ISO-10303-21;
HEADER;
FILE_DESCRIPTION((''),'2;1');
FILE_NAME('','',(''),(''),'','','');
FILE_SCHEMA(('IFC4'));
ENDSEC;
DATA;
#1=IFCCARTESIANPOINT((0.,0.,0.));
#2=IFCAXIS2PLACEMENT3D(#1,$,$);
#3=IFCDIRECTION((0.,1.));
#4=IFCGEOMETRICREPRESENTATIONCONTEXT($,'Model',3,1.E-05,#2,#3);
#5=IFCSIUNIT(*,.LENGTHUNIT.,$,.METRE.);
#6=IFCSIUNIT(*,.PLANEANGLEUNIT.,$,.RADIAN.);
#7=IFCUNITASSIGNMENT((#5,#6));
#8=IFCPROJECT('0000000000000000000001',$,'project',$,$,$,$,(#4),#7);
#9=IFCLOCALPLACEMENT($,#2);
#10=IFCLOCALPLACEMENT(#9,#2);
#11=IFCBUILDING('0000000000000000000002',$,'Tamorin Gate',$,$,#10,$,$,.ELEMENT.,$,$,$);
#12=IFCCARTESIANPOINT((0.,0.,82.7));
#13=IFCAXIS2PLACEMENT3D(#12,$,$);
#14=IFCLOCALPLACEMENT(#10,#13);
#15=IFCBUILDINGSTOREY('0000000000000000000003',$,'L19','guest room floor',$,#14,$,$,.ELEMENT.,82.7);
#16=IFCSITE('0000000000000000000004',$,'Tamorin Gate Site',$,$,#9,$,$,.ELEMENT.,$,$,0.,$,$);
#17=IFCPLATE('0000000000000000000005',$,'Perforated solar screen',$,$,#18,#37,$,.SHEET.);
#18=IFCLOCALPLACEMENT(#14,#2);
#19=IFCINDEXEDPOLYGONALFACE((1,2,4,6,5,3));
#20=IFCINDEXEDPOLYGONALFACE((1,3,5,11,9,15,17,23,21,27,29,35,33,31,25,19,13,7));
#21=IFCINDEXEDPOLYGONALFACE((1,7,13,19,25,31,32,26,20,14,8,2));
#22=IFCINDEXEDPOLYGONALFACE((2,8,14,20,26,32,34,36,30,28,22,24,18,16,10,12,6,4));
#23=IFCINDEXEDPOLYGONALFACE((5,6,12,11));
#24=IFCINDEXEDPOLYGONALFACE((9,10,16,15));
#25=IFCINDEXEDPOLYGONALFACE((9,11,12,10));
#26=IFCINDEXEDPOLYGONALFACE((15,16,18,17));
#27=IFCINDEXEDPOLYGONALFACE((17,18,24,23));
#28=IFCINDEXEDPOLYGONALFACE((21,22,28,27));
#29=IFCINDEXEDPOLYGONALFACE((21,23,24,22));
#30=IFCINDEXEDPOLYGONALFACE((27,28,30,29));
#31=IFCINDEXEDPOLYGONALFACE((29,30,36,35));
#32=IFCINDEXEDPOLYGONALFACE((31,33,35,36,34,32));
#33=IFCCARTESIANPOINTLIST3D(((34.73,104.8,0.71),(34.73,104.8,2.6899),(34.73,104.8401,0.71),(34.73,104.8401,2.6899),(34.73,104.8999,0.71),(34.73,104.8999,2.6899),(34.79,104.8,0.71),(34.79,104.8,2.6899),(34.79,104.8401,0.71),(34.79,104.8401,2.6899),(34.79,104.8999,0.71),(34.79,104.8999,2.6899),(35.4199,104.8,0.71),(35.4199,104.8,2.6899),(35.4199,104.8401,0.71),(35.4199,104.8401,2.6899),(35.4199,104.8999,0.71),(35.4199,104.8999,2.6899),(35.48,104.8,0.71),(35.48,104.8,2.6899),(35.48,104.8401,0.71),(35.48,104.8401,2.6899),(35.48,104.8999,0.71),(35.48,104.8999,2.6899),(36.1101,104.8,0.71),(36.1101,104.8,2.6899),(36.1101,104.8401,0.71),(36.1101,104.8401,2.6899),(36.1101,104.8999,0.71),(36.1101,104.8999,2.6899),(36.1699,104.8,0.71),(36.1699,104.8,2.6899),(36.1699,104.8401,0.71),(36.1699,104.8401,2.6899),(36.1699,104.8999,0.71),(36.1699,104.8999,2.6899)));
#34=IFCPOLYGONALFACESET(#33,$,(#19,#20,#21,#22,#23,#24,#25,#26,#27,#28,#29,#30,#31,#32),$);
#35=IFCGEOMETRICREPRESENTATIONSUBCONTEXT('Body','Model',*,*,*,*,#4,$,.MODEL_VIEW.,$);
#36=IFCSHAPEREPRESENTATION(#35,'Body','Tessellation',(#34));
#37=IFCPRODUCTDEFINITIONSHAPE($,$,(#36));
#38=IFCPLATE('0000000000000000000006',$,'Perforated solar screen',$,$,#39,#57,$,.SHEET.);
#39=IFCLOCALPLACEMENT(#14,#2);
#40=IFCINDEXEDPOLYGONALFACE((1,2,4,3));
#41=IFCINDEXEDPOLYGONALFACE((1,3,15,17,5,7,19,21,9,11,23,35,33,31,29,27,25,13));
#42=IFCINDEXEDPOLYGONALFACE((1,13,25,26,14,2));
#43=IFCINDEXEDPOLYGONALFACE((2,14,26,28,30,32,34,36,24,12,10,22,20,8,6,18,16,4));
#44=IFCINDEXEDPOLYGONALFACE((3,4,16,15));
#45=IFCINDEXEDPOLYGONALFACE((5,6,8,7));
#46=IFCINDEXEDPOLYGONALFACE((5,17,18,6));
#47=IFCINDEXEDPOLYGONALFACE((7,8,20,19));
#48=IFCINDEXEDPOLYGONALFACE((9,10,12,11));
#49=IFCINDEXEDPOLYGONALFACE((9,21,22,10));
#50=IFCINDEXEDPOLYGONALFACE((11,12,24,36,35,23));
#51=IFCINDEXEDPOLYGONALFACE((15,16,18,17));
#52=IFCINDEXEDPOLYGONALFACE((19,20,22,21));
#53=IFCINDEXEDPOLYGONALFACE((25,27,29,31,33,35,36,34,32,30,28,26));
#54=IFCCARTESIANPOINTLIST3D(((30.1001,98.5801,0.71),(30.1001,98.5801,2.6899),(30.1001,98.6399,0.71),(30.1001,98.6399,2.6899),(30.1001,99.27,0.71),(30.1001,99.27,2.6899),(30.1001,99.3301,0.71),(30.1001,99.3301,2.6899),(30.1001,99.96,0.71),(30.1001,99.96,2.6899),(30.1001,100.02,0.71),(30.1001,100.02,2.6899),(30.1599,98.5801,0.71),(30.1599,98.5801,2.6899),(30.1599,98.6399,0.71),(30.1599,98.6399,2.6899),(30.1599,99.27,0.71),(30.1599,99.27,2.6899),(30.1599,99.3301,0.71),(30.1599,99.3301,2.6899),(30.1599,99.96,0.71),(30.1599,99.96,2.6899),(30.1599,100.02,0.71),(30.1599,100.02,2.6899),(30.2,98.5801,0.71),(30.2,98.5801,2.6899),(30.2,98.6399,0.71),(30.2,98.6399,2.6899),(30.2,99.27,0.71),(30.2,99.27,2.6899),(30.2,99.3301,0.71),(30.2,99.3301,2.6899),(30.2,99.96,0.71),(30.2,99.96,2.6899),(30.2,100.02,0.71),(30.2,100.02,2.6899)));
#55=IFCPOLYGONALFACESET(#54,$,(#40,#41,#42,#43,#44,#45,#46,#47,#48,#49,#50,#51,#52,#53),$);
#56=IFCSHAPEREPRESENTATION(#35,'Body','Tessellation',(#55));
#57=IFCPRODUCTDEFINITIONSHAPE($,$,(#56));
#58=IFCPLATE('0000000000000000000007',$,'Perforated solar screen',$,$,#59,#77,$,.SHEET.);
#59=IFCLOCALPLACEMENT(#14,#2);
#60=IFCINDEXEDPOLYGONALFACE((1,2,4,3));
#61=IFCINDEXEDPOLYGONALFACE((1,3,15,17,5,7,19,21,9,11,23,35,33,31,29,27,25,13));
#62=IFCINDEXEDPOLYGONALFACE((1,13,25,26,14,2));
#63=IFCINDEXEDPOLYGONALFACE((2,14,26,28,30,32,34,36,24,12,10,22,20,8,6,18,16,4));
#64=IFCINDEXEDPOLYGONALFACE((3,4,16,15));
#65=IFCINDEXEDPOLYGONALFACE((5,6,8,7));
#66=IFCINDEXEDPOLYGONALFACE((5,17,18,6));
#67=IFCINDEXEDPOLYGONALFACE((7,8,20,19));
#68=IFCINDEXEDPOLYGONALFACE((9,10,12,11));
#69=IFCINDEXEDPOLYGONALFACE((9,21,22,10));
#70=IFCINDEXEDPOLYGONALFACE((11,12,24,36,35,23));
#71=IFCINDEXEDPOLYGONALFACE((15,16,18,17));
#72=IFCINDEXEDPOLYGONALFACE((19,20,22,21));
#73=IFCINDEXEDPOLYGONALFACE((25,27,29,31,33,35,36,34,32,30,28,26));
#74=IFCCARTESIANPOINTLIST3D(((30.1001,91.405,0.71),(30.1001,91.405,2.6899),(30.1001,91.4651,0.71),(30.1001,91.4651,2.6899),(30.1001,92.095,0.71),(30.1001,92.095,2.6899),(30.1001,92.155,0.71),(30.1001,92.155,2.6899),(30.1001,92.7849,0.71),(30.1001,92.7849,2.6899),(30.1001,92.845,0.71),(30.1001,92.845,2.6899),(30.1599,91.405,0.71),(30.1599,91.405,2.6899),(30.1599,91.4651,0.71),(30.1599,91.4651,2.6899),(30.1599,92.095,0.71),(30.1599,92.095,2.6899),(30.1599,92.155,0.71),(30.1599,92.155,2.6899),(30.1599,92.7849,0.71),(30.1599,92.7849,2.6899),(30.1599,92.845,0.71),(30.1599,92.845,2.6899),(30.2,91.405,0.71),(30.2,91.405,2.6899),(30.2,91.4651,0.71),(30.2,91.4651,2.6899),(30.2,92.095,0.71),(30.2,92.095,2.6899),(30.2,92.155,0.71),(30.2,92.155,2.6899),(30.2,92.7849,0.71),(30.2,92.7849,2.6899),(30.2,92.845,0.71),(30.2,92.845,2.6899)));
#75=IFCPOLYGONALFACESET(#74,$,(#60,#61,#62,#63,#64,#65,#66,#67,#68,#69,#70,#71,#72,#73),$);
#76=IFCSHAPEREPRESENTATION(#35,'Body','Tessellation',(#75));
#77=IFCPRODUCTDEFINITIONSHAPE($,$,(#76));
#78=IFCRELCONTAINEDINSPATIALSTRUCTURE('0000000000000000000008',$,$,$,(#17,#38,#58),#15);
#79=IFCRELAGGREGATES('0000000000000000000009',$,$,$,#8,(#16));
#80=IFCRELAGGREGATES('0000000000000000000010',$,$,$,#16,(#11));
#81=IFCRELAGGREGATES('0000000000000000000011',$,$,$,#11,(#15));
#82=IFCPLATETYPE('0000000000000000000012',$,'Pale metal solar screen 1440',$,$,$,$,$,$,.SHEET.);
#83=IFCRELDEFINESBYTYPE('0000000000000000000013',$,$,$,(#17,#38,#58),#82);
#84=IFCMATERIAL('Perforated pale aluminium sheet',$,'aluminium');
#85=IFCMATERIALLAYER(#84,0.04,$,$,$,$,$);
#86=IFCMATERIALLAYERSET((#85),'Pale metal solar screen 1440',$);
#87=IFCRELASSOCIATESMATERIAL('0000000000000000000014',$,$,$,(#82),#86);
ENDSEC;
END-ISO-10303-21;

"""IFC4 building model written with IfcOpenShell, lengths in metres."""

from ifc_helpers import new_model, si_unit, direction, frame, origin, place, context, subcontext, project, spatial, polyline, outline, extrude, material, layer, layer_set, type_object, element, save


model = new_model("IFC4")

# Units and contexts
model_context = context("Model", 3, precision=1e-05, world=origin(), true_north=direction((0.0, 1.0)))
body_context = subcontext(model_context, "Body", "Model", "MODEL_VIEW")
ifc_project = project(units=[si_unit("LENGTHUNIT", "METRE"), si_unit("PLANEANGLEUNIT", "RADIAN")], contexts=[model_context])

# Site, building, storey
site_placement = place(None, origin())
site = spatial("IfcSite", under=ifc_project, at=site_placement, Name="Tamorin Gate Site", CompositionType="ELEMENT", RefElevation=0.0)
building_placement = place(site_placement, origin())
building = spatial("IfcBuilding", under=site, at=building_placement, Name="Tamorin Gate", CompositionType="ELEMENT")
storey_placement = place(building_placement, frame((0.0, 0.0, 82.7)))
storey = spatial("IfcBuildingStorey", under=building, at=storey_placement, Name="L19", Description="guest room floor", CompositionType="ELEMENT", Elevation=82.7)

# Plates
ifc_material = material(Name="Perforated pale aluminium sheet", Category="aluminium")
ifc_layer = layer(ifc_material, 0.04)
ifc_layer_set = layer_set([ifc_layer], Name="Pale metal solar screen 1440")
plate_type = type_object("IfcPlateType", Name="Pale metal solar screen 1440", PredefinedType="SHEET", material=ifc_layer_set)
plate_1_placement = place(storey_placement, frame((0.0, 0.0, 0.71)))
element("IfcPlate", 1, at=plate_1_placement, inside=storey, type_object=plate_type, Name="Perforated solar screen", PredefinedType="SHEET", context=body_context, shape_type="SweptSolid", body=[
    extrude(outline(polyline([(36.1699, 104.8401), (36.1699, 104.8), (36.1101, 104.8), (35.48, 104.8), (35.4199, 104.8), (34.79, 104.8), (34.73, 104.8), (34.73, 104.8401), (34.73, 104.8999), (34.79, 104.8999), (34.79, 104.8401), (35.4199, 104.8401), (35.4199, 104.8999), (35.48, 104.8999), (35.48, 104.8401), (36.1101, 104.8401), (36.1101, 104.8999), (36.1699, 104.8999), (36.1699, 104.8401)])), origin(), (0.0, 0.0, 1.0), 1.98),
])
plate_2_placement = place(storey_placement, frame((0.0, 0.0, 0.71)))
element("IfcPlate", 2, at=plate_2_placement, inside=storey, type_object=plate_type, Name="Perforated solar screen", PredefinedType="SHEET", context=body_context, shape_type="SweptSolid", body=[
    extrude(outline(polyline([(30.1599, 100.02), (30.2, 100.02), (30.2, 99.96), (30.2, 99.3301), (30.2, 99.27), (30.2, 98.6399), (30.2, 98.5801), (30.1599, 98.5801), (30.1001, 98.5801), (30.1001, 98.6399), (30.1599, 98.6399), (30.1599, 99.27), (30.1001, 99.27), (30.1001, 99.3301), (30.1599, 99.3301), (30.1599, 99.96), (30.1001, 99.96), (30.1001, 100.02), (30.1599, 100.02)])), origin(), (0.0, 0.0, 1.0), 1.98),
])
plate_3_placement = place(storey_placement, frame((0.0, 0.0, 0.71)))
element("IfcPlate", 3, at=plate_3_placement, inside=storey, type_object=plate_type, Name="Perforated solar screen", PredefinedType="SHEET", context=body_context, shape_type="SweptSolid", body=[
    extrude(outline(polyline([(30.1599, 92.845), (30.2, 92.845), (30.2, 92.7849), (30.2, 92.155), (30.2, 92.095), (30.2, 91.4651), (30.2, 91.405), (30.1599, 91.405), (30.1001, 91.405), (30.1001, 91.4651), (30.1599, 91.4651), (30.1599, 92.095), (30.1001, 92.095), (30.1001, 92.155), (30.1599, 92.155), (30.1599, 92.7849), (30.1001, 92.7849), (30.1001, 92.845), (30.1599, 92.845)])), origin(), (0.0, 0.0, 1.0), 1.98),
])

save(model, "model.ifc")
